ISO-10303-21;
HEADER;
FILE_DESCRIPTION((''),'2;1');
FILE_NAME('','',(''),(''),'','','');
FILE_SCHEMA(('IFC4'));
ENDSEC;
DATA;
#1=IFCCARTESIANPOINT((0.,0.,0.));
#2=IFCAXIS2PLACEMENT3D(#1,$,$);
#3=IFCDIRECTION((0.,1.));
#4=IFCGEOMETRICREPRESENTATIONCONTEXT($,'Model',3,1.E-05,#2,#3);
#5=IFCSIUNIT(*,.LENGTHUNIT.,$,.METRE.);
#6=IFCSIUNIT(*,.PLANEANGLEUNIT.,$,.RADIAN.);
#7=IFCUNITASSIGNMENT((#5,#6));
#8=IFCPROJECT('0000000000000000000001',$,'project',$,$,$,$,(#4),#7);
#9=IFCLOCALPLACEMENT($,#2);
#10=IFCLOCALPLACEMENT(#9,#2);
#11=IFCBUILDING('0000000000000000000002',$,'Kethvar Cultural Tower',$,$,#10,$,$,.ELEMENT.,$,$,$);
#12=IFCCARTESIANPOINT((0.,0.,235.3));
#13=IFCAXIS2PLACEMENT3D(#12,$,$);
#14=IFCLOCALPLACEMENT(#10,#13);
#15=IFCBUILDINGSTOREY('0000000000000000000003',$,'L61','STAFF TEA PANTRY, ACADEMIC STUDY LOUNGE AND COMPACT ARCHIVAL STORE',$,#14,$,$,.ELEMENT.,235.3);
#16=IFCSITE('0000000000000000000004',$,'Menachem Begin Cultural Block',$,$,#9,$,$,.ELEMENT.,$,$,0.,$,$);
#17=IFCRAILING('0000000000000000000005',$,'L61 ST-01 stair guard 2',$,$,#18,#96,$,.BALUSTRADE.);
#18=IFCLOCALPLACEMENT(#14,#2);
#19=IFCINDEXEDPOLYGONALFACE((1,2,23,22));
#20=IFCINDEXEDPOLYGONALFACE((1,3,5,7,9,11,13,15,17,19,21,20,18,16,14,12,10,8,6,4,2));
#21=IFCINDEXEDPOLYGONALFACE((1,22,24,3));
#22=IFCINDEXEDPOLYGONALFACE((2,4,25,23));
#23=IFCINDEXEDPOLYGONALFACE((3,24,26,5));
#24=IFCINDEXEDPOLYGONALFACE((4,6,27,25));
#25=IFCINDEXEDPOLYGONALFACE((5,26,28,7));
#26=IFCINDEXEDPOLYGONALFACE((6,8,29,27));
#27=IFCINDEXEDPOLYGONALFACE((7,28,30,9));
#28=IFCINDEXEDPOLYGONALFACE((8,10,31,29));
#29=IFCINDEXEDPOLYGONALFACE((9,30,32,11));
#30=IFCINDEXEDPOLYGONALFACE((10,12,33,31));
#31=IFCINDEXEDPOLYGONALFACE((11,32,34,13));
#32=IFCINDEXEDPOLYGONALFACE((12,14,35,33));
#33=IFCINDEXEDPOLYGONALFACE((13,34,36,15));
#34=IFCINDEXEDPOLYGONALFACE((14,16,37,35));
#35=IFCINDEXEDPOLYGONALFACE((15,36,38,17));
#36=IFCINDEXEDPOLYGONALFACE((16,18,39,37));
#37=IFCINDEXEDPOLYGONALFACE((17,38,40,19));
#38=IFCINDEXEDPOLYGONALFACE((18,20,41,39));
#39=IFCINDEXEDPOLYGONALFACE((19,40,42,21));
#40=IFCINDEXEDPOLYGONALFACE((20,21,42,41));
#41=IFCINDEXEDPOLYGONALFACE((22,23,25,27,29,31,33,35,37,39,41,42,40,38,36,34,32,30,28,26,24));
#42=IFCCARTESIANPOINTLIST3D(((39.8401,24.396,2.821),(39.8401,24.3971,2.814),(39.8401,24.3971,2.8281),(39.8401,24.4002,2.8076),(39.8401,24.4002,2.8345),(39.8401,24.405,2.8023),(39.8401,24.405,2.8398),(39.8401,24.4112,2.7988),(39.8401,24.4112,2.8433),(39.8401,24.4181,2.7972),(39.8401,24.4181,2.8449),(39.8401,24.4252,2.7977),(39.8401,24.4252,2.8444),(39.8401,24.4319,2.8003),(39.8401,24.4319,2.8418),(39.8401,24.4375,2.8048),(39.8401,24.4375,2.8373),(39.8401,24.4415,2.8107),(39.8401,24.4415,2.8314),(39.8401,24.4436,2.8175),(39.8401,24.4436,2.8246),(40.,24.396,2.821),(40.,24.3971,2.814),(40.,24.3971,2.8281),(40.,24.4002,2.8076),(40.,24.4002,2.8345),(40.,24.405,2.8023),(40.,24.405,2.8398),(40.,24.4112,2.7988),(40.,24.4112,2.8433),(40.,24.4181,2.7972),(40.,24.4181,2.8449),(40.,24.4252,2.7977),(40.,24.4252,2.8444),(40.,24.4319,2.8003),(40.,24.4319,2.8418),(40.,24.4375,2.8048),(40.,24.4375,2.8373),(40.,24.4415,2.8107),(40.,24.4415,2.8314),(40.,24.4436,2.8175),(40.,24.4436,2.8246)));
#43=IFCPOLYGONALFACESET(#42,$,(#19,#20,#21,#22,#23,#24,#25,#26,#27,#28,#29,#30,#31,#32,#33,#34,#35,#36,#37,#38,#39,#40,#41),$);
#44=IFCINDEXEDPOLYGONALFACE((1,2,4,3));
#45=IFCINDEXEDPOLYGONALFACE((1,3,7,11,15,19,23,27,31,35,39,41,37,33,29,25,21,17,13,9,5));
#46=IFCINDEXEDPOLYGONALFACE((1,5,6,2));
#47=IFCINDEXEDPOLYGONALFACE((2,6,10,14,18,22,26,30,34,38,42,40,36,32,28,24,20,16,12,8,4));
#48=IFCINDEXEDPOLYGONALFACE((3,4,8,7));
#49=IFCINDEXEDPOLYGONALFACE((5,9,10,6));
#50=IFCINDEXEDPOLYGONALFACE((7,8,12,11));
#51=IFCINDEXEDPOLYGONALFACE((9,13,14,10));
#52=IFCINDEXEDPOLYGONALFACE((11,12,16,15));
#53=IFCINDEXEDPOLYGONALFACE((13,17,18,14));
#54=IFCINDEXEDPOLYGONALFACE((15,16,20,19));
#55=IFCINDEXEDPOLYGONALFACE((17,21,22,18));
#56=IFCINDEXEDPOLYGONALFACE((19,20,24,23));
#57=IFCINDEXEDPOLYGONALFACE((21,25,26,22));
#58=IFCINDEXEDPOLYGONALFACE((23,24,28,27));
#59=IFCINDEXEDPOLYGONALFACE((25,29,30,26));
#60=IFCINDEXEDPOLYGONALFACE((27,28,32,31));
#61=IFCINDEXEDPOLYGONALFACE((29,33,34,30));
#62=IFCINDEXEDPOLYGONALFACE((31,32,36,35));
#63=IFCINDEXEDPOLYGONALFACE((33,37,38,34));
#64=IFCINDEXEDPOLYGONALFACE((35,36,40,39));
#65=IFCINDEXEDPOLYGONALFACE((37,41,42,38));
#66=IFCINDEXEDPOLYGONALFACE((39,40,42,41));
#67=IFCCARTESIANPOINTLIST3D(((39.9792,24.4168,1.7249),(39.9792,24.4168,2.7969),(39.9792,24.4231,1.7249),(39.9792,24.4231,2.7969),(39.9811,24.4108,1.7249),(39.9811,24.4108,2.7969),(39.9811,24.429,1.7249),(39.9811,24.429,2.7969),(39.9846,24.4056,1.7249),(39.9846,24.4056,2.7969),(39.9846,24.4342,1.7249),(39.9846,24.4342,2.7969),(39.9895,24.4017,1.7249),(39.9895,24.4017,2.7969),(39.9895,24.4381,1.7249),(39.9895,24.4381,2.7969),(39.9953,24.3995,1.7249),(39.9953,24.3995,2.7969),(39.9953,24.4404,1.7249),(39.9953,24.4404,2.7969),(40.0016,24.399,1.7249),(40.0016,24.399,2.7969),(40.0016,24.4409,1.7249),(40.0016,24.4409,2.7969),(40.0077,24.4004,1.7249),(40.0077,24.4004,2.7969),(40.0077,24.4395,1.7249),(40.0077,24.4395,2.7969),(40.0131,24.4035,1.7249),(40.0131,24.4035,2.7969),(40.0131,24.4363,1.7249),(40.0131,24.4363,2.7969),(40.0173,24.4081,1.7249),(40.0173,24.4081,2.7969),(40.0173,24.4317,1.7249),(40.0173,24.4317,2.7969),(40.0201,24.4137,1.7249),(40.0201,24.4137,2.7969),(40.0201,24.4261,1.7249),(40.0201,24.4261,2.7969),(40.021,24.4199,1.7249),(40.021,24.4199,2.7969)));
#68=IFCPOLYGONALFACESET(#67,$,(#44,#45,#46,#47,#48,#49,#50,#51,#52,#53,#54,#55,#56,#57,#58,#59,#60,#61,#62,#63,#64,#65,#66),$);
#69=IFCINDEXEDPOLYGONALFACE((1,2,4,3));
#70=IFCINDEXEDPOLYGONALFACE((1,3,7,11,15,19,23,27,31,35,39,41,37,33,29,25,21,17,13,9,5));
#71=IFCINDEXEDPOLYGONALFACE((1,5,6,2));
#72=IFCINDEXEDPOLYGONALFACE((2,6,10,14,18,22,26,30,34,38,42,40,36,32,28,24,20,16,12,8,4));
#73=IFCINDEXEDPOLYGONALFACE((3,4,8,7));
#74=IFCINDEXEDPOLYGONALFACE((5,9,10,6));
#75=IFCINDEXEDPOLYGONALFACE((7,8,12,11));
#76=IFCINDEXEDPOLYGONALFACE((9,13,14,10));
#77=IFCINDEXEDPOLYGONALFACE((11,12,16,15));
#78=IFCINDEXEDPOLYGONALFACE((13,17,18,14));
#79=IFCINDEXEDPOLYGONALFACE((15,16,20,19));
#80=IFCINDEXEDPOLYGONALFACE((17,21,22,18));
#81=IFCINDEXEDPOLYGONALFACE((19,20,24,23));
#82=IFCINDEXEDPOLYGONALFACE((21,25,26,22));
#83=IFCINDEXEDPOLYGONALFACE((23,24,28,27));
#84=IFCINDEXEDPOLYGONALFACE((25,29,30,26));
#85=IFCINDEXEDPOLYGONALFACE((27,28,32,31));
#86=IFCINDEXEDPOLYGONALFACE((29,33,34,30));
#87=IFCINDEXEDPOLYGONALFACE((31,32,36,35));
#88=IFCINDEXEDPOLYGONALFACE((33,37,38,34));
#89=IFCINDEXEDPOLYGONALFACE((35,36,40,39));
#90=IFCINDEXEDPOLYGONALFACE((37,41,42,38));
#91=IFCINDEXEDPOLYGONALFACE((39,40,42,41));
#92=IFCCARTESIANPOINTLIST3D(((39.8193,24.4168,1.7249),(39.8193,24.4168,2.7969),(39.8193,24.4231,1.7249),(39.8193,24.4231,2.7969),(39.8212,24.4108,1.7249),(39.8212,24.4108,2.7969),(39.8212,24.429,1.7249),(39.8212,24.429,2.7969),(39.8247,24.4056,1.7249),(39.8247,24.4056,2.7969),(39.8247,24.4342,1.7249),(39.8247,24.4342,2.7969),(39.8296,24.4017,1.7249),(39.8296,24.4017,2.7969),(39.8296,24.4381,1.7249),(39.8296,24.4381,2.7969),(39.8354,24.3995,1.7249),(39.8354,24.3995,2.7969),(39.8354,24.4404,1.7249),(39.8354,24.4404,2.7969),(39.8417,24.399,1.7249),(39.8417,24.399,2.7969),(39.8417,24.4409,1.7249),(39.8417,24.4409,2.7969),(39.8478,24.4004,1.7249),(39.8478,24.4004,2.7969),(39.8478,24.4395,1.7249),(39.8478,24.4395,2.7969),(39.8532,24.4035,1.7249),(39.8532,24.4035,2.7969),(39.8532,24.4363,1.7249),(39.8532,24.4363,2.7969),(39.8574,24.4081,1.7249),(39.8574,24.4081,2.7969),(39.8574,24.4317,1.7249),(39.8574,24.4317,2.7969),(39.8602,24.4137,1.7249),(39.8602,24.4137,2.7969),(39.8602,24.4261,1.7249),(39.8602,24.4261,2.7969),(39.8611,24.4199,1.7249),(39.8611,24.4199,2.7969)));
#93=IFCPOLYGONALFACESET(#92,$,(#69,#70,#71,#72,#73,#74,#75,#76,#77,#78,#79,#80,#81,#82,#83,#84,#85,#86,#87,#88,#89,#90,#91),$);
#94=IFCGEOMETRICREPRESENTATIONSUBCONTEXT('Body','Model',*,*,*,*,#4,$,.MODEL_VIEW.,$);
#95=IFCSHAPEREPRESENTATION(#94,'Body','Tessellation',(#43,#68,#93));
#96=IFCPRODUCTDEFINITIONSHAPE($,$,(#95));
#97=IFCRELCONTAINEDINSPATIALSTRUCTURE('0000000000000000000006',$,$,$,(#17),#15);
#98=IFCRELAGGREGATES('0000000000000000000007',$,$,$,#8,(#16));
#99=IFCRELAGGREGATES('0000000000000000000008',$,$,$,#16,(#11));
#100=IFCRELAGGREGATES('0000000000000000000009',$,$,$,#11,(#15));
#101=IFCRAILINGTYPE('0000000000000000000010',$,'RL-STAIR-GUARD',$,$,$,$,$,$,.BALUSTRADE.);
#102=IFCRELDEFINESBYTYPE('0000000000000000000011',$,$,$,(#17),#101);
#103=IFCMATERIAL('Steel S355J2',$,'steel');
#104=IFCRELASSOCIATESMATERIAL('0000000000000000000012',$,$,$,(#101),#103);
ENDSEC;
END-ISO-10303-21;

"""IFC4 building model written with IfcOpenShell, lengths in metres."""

from ifc_helpers import new_model, si_unit, direction, frame, origin, origin_2d, place, context, subcontext, project, spatial, circle, extrude, material, type_object, element, save


model = new_model("IFC4")

# Units and contexts
model_context = context("Model", 3, precision=1e-05, world=origin(), true_north=direction((0.0, 1.0)))
body_context = subcontext(model_context, "Body", "Model", "MODEL_VIEW")
ifc_project = project(units=[si_unit("LENGTHUNIT", "METRE"), si_unit("PLANEANGLEUNIT", "RADIAN")], contexts=[model_context])

# Site, building, storey
site_placement = place(None, origin())
site = spatial("IfcSite", under=ifc_project, at=site_placement, Name="Menachem Begin Cultural Block", CompositionType="ELEMENT", RefElevation=0.0)
building_placement = place(site_placement, origin())
building = spatial("IfcBuilding", under=site, at=building_placement, Name="Kethvar Cultural Tower", CompositionType="ELEMENT")
storey_placement = place(building_placement, frame((0.0, 0.0, 235.3)))
storey = spatial("IfcBuildingStorey", under=building, at=storey_placement, Name="L61", Description="STAFF TEA PANTRY, ACADEMIC STUDY LOUNGE AND COMPACT ARCHIVAL STORE", CompositionType="ELEMENT", Elevation=235.3)

# Shared definitions
ifc_material_1 = material(Name="Steel S355J2", Category="steel")

# Railing
railing_type = type_object("IfcRailingType", Name="RL-STAIR-GUARD", PredefinedType="BALUSTRADE", material=ifc_material_1)
railing_placement = place(storey_placement, frame((40.0, 24.4199, 1.7249)))
element("IfcRailing", 1, at=railing_placement, inside=storey, type_object=railing_type, Name="L61 ST-01 stair guard 2", PredefinedType="BALUSTRADE", context=body_context, shape_type="SweptSolid", body=[
    extrude(circle(Radius=0.0239, at=origin_2d()), frame((0.0, 0.0, 1.0962), z_axis=(-1.0, 0.0, 0.0), x_axis=(0.0, -1.0, 0.0)), (0.0, 0.0, 1.0), 0.1599),
    extrude(circle(Radius=0.021, at=origin_2d()), origin(), (0.0, 0.0, 1.0), 1.072),
    extrude(circle(Radius=0.021, at=origin_2d()), frame((-0.1599, 0.0, 0.0)), (0.0, 0.0, 1.0), 1.072),
])

save(model, "model.ifc")
